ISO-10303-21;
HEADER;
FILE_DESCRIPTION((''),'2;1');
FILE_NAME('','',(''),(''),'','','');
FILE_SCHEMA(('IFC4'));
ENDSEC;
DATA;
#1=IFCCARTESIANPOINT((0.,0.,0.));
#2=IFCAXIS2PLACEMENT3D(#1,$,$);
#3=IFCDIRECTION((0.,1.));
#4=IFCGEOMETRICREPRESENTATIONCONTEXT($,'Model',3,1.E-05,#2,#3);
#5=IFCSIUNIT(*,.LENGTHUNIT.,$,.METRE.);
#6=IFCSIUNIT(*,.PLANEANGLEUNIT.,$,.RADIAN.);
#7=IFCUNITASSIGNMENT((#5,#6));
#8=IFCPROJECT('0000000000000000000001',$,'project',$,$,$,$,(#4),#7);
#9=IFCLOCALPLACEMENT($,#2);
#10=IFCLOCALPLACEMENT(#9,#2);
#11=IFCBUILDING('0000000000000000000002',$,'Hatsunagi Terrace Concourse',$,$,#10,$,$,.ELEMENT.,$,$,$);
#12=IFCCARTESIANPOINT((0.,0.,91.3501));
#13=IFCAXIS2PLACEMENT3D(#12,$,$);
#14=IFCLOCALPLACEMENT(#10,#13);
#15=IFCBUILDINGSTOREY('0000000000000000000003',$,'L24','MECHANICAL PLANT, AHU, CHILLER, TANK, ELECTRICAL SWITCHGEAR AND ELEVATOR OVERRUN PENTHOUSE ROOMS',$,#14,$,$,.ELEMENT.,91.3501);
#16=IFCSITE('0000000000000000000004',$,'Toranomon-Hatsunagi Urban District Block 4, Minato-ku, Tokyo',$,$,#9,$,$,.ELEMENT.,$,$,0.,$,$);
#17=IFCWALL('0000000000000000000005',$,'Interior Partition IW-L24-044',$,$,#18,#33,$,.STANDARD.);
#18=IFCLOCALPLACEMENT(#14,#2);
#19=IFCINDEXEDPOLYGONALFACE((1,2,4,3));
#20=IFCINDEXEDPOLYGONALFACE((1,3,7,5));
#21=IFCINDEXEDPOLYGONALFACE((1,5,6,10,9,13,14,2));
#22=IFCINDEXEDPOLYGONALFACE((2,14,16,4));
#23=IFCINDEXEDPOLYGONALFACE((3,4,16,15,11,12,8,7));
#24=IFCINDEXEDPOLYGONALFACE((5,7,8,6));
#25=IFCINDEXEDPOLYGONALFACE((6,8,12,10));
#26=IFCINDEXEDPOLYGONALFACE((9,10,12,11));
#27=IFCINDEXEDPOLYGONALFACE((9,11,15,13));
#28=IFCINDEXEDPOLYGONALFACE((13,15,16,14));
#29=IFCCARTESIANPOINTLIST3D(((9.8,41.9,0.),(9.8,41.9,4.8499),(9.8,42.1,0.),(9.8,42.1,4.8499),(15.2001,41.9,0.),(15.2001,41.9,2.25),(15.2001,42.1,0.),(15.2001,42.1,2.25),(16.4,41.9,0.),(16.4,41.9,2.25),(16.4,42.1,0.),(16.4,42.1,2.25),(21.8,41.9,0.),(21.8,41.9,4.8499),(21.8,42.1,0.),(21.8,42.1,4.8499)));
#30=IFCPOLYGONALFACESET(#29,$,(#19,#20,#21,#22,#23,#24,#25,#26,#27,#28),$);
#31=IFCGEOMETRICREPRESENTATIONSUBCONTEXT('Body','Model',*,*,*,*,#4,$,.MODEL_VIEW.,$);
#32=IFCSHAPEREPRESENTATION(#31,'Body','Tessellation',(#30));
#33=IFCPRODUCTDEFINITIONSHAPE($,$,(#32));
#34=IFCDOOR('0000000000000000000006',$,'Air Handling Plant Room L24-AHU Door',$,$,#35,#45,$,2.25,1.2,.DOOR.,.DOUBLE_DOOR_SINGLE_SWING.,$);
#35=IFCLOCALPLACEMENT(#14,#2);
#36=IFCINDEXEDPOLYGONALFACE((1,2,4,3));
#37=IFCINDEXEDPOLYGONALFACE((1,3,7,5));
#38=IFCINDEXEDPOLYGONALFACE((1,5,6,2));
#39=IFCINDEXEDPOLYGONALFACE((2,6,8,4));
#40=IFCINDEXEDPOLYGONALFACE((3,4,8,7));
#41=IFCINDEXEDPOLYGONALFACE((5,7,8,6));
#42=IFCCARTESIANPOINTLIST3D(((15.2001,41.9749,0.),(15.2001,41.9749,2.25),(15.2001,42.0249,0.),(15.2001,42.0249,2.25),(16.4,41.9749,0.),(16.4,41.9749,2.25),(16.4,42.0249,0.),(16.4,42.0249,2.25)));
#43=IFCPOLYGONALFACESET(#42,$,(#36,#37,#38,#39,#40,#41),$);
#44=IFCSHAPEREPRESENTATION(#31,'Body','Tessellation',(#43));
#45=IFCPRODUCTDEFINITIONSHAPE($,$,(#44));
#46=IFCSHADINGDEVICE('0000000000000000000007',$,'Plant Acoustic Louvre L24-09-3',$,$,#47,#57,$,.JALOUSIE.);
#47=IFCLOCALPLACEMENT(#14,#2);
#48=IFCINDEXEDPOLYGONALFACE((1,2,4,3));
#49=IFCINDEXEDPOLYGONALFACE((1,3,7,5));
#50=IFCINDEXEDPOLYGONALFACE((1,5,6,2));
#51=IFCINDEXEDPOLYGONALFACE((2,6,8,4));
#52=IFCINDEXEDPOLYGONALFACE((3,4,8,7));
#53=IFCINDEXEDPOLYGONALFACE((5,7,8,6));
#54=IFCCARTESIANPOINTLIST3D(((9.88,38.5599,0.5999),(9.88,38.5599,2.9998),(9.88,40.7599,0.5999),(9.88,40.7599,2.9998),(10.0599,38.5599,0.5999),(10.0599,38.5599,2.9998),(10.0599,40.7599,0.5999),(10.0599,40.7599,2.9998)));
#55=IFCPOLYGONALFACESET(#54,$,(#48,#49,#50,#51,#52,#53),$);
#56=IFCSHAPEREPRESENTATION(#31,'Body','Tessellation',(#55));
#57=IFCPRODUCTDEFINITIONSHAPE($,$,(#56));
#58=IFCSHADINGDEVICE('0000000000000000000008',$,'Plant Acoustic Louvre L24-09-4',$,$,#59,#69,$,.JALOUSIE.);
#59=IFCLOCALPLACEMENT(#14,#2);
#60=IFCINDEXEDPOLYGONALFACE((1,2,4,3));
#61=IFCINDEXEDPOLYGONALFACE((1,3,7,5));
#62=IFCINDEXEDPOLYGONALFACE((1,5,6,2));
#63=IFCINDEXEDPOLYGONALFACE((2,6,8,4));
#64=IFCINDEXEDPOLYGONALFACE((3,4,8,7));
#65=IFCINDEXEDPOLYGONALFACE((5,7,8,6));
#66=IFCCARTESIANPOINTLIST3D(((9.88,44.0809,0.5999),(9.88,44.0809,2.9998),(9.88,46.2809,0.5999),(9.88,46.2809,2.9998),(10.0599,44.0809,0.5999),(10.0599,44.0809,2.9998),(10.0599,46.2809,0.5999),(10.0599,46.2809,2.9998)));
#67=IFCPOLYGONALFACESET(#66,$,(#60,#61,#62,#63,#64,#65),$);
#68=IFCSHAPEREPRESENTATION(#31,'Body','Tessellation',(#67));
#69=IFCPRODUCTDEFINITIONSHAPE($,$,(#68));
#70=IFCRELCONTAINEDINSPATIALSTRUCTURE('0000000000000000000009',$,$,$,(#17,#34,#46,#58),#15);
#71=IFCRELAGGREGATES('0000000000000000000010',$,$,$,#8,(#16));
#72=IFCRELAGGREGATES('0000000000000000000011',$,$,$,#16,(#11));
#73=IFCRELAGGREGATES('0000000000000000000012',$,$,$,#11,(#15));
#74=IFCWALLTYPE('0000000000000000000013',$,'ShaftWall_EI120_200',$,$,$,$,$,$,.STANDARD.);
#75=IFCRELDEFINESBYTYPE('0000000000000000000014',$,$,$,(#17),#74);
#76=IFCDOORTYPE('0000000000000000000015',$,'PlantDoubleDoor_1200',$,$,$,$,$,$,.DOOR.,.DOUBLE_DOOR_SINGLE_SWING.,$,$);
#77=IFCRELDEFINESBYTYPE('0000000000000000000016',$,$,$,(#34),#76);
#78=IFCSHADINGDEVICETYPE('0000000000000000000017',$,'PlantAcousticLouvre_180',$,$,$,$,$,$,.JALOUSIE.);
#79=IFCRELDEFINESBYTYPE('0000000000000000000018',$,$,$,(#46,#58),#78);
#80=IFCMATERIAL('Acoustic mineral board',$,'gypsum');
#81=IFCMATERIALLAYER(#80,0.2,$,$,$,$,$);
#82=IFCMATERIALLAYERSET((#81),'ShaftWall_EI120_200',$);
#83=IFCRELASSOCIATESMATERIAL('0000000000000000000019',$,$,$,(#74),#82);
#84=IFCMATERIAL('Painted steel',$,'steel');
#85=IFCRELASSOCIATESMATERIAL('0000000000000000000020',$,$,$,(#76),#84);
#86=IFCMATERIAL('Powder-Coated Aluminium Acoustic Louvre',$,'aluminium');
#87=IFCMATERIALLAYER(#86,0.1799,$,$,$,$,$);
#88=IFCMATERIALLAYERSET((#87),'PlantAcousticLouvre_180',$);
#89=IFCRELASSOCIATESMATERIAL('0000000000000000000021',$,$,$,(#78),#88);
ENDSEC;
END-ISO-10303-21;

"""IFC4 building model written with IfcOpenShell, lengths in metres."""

from ifc_helpers import new_model, si_unit, direction, frame, frame_2d, origin, origin_2d, place, context, subcontext, project, spatial, rectangle, extrude, material, layer, layer_set, type_object, element, fill, save


model = new_model("IFC4")

# Units and contexts
model_context = context("Model", 3, precision=1e-05, world=origin(), true_north=direction((0.0, 1.0)))
body_context = subcontext(model_context, "Body", "Model", "MODEL_VIEW")
ifc_project = project(units=[si_unit("LENGTHUNIT", "METRE"), si_unit("PLANEANGLEUNIT", "RADIAN")], contexts=[model_context])

# Site, building, storey
site_placement = place(None, origin())
site = spatial("IfcSite", under=ifc_project, at=site_placement, Name="Toranomon-Hatsunagi Urban District Block 4, Minato-ku, Tokyo", CompositionType="ELEMENT", RefElevation=0.0)
building_placement = place(site_placement, origin())
building = spatial("IfcBuilding", under=site, at=building_placement, Name="Hatsunagi Terrace Concourse", CompositionType="ELEMENT")
storey_placement = place(building_placement, frame((0.0, 0.0, 91.3501)))
storey = spatial("IfcBuildingStorey", under=building, at=storey_placement, Name="L24", Description="MECHANICAL PLANT, AHU, CHILLER, TANK, ELECTRICAL SWITCHGEAR AND ELEVATOR OVERRUN PENTHOUSE ROOMS", CompositionType="ELEMENT", Elevation=91.3501)

# Wall, opening, door
ifc_material_1 = material(Name="Acoustic mineral board", Category="gypsum")
ifc_layer_1 = layer(ifc_material_1, 0.2)
ifc_layer_set_1 = layer_set([ifc_layer_1], Name="ShaftWall_EI120_200")
wall_type = type_object("IfcWallType", Name="ShaftWall_EI120_200", PredefinedType="STANDARD", material=ifc_layer_set_1)
wall_placement = place(storey_placement, frame((9.8, 42.0, 0.0), z_axis=(0.0, 0.0, 1.0), x_axis=(1.0, 0.0, 0.0)))
wall = element("IfcWall", 1, at=wall_placement, inside=storey, type_object=wall_type, Name="Interior Partition IW-L24-044", PredefinedType="STANDARD", context=body_context, shape_type="SweptSolid", body=[
    extrude(rectangle(XDim=12.0, YDim=0.2, at=frame_2d((6.0, 0.0))), origin(), (0.0, 0.0, 1.0), 4.8499),
])
opening_placement = place(wall_placement, frame((5.3999, 0.0, 0.0)))
opening = element("IfcOpeningElement", 2, at=opening_placement, cuts=wall, PredefinedType="OPENING", context=body_context, shape_type="SweptSolid", body=[
    extrude(rectangle(XDim=1.2, YDim=2.25, at=frame_2d((0.6001, 1.125))), frame((0.0, 0.1099, 0.0), z_axis=(0.0, -1.0, 0.0), x_axis=(1.0, 0.0, 0.0)), (0.0, 0.0, 1.0), 0.22),
])
ifc_material_2 = material(Name="Painted steel", Category="steel")
door_type = type_object("IfcDoorType", Name="PlantDoubleDoor_1200", OperationType="DOUBLE_DOOR_SINGLE_SWING", PredefinedType="DOOR", material=ifc_material_2)
door_placement = place(opening_placement, origin())
door = element("IfcDoor", 3, at=door_placement, inside=storey, type_object=door_type, Name="Air Handling Plant Room L24-AHU Door", OperationType="DOUBLE_DOOR_SINGLE_SWING", OverallHeight=2.25, OverallWidth=1.2, PredefinedType="DOOR", context=body_context, shape_type="SweptSolid", body=[
    extrude(rectangle(XDim=1.2, YDim=2.25, at=frame_2d((0.6001, 1.125))), frame((0.0, 0.0249, 0.0), z_axis=(0.0, -1.0, 0.0), x_axis=(1.0, 0.0, 0.0)), (0.0, 0.0, 1.0), 0.05),
])
fill(opening, door)

# Shading devices
ifc_material_3 = material(Name="Powder-Coated Aluminium Acoustic Louvre", Category="aluminium")
ifc_layer_2 = layer(ifc_material_3, 0.1799)
ifc_layer_set_2 = layer_set([ifc_layer_2], Name="PlantAcousticLouvre_180")
shading_device_type = type_object("IfcShadingDeviceType", Name="PlantAcousticLouvre_180", PredefinedType="JALOUSIE", material=ifc_layer_set_2)
for number, where, z_axis, x_axis, name in (
    (4, (9.97, 39.6599, 0.5999), (0.0, 0.0, 1.0), (0.0, 1.0, 0.0), "Plant Acoustic Louvre L24-09-3"),
    (5, (9.97, 45.1809, 0.5999), (0.0, 0.0, 1.0), (0.0, 1.0, 0.0), "Plant Acoustic Louvre L24-09-4"),
):
    element("IfcShadingDevice", number, at=place(storey_placement, frame(where, z_axis=z_axis, x_axis=x_axis)), inside=storey, type_object=shading_device_type, Name=name, PredefinedType="JALOUSIE", context=body_context, shape_type="SweptSolid", body=[
        extrude(rectangle(XDim=2.2, YDim=0.1799, at=origin_2d()), origin(), (0.0, 0.0, 1.0), 2.3999),
    ])

save(model, "model.ifc")
